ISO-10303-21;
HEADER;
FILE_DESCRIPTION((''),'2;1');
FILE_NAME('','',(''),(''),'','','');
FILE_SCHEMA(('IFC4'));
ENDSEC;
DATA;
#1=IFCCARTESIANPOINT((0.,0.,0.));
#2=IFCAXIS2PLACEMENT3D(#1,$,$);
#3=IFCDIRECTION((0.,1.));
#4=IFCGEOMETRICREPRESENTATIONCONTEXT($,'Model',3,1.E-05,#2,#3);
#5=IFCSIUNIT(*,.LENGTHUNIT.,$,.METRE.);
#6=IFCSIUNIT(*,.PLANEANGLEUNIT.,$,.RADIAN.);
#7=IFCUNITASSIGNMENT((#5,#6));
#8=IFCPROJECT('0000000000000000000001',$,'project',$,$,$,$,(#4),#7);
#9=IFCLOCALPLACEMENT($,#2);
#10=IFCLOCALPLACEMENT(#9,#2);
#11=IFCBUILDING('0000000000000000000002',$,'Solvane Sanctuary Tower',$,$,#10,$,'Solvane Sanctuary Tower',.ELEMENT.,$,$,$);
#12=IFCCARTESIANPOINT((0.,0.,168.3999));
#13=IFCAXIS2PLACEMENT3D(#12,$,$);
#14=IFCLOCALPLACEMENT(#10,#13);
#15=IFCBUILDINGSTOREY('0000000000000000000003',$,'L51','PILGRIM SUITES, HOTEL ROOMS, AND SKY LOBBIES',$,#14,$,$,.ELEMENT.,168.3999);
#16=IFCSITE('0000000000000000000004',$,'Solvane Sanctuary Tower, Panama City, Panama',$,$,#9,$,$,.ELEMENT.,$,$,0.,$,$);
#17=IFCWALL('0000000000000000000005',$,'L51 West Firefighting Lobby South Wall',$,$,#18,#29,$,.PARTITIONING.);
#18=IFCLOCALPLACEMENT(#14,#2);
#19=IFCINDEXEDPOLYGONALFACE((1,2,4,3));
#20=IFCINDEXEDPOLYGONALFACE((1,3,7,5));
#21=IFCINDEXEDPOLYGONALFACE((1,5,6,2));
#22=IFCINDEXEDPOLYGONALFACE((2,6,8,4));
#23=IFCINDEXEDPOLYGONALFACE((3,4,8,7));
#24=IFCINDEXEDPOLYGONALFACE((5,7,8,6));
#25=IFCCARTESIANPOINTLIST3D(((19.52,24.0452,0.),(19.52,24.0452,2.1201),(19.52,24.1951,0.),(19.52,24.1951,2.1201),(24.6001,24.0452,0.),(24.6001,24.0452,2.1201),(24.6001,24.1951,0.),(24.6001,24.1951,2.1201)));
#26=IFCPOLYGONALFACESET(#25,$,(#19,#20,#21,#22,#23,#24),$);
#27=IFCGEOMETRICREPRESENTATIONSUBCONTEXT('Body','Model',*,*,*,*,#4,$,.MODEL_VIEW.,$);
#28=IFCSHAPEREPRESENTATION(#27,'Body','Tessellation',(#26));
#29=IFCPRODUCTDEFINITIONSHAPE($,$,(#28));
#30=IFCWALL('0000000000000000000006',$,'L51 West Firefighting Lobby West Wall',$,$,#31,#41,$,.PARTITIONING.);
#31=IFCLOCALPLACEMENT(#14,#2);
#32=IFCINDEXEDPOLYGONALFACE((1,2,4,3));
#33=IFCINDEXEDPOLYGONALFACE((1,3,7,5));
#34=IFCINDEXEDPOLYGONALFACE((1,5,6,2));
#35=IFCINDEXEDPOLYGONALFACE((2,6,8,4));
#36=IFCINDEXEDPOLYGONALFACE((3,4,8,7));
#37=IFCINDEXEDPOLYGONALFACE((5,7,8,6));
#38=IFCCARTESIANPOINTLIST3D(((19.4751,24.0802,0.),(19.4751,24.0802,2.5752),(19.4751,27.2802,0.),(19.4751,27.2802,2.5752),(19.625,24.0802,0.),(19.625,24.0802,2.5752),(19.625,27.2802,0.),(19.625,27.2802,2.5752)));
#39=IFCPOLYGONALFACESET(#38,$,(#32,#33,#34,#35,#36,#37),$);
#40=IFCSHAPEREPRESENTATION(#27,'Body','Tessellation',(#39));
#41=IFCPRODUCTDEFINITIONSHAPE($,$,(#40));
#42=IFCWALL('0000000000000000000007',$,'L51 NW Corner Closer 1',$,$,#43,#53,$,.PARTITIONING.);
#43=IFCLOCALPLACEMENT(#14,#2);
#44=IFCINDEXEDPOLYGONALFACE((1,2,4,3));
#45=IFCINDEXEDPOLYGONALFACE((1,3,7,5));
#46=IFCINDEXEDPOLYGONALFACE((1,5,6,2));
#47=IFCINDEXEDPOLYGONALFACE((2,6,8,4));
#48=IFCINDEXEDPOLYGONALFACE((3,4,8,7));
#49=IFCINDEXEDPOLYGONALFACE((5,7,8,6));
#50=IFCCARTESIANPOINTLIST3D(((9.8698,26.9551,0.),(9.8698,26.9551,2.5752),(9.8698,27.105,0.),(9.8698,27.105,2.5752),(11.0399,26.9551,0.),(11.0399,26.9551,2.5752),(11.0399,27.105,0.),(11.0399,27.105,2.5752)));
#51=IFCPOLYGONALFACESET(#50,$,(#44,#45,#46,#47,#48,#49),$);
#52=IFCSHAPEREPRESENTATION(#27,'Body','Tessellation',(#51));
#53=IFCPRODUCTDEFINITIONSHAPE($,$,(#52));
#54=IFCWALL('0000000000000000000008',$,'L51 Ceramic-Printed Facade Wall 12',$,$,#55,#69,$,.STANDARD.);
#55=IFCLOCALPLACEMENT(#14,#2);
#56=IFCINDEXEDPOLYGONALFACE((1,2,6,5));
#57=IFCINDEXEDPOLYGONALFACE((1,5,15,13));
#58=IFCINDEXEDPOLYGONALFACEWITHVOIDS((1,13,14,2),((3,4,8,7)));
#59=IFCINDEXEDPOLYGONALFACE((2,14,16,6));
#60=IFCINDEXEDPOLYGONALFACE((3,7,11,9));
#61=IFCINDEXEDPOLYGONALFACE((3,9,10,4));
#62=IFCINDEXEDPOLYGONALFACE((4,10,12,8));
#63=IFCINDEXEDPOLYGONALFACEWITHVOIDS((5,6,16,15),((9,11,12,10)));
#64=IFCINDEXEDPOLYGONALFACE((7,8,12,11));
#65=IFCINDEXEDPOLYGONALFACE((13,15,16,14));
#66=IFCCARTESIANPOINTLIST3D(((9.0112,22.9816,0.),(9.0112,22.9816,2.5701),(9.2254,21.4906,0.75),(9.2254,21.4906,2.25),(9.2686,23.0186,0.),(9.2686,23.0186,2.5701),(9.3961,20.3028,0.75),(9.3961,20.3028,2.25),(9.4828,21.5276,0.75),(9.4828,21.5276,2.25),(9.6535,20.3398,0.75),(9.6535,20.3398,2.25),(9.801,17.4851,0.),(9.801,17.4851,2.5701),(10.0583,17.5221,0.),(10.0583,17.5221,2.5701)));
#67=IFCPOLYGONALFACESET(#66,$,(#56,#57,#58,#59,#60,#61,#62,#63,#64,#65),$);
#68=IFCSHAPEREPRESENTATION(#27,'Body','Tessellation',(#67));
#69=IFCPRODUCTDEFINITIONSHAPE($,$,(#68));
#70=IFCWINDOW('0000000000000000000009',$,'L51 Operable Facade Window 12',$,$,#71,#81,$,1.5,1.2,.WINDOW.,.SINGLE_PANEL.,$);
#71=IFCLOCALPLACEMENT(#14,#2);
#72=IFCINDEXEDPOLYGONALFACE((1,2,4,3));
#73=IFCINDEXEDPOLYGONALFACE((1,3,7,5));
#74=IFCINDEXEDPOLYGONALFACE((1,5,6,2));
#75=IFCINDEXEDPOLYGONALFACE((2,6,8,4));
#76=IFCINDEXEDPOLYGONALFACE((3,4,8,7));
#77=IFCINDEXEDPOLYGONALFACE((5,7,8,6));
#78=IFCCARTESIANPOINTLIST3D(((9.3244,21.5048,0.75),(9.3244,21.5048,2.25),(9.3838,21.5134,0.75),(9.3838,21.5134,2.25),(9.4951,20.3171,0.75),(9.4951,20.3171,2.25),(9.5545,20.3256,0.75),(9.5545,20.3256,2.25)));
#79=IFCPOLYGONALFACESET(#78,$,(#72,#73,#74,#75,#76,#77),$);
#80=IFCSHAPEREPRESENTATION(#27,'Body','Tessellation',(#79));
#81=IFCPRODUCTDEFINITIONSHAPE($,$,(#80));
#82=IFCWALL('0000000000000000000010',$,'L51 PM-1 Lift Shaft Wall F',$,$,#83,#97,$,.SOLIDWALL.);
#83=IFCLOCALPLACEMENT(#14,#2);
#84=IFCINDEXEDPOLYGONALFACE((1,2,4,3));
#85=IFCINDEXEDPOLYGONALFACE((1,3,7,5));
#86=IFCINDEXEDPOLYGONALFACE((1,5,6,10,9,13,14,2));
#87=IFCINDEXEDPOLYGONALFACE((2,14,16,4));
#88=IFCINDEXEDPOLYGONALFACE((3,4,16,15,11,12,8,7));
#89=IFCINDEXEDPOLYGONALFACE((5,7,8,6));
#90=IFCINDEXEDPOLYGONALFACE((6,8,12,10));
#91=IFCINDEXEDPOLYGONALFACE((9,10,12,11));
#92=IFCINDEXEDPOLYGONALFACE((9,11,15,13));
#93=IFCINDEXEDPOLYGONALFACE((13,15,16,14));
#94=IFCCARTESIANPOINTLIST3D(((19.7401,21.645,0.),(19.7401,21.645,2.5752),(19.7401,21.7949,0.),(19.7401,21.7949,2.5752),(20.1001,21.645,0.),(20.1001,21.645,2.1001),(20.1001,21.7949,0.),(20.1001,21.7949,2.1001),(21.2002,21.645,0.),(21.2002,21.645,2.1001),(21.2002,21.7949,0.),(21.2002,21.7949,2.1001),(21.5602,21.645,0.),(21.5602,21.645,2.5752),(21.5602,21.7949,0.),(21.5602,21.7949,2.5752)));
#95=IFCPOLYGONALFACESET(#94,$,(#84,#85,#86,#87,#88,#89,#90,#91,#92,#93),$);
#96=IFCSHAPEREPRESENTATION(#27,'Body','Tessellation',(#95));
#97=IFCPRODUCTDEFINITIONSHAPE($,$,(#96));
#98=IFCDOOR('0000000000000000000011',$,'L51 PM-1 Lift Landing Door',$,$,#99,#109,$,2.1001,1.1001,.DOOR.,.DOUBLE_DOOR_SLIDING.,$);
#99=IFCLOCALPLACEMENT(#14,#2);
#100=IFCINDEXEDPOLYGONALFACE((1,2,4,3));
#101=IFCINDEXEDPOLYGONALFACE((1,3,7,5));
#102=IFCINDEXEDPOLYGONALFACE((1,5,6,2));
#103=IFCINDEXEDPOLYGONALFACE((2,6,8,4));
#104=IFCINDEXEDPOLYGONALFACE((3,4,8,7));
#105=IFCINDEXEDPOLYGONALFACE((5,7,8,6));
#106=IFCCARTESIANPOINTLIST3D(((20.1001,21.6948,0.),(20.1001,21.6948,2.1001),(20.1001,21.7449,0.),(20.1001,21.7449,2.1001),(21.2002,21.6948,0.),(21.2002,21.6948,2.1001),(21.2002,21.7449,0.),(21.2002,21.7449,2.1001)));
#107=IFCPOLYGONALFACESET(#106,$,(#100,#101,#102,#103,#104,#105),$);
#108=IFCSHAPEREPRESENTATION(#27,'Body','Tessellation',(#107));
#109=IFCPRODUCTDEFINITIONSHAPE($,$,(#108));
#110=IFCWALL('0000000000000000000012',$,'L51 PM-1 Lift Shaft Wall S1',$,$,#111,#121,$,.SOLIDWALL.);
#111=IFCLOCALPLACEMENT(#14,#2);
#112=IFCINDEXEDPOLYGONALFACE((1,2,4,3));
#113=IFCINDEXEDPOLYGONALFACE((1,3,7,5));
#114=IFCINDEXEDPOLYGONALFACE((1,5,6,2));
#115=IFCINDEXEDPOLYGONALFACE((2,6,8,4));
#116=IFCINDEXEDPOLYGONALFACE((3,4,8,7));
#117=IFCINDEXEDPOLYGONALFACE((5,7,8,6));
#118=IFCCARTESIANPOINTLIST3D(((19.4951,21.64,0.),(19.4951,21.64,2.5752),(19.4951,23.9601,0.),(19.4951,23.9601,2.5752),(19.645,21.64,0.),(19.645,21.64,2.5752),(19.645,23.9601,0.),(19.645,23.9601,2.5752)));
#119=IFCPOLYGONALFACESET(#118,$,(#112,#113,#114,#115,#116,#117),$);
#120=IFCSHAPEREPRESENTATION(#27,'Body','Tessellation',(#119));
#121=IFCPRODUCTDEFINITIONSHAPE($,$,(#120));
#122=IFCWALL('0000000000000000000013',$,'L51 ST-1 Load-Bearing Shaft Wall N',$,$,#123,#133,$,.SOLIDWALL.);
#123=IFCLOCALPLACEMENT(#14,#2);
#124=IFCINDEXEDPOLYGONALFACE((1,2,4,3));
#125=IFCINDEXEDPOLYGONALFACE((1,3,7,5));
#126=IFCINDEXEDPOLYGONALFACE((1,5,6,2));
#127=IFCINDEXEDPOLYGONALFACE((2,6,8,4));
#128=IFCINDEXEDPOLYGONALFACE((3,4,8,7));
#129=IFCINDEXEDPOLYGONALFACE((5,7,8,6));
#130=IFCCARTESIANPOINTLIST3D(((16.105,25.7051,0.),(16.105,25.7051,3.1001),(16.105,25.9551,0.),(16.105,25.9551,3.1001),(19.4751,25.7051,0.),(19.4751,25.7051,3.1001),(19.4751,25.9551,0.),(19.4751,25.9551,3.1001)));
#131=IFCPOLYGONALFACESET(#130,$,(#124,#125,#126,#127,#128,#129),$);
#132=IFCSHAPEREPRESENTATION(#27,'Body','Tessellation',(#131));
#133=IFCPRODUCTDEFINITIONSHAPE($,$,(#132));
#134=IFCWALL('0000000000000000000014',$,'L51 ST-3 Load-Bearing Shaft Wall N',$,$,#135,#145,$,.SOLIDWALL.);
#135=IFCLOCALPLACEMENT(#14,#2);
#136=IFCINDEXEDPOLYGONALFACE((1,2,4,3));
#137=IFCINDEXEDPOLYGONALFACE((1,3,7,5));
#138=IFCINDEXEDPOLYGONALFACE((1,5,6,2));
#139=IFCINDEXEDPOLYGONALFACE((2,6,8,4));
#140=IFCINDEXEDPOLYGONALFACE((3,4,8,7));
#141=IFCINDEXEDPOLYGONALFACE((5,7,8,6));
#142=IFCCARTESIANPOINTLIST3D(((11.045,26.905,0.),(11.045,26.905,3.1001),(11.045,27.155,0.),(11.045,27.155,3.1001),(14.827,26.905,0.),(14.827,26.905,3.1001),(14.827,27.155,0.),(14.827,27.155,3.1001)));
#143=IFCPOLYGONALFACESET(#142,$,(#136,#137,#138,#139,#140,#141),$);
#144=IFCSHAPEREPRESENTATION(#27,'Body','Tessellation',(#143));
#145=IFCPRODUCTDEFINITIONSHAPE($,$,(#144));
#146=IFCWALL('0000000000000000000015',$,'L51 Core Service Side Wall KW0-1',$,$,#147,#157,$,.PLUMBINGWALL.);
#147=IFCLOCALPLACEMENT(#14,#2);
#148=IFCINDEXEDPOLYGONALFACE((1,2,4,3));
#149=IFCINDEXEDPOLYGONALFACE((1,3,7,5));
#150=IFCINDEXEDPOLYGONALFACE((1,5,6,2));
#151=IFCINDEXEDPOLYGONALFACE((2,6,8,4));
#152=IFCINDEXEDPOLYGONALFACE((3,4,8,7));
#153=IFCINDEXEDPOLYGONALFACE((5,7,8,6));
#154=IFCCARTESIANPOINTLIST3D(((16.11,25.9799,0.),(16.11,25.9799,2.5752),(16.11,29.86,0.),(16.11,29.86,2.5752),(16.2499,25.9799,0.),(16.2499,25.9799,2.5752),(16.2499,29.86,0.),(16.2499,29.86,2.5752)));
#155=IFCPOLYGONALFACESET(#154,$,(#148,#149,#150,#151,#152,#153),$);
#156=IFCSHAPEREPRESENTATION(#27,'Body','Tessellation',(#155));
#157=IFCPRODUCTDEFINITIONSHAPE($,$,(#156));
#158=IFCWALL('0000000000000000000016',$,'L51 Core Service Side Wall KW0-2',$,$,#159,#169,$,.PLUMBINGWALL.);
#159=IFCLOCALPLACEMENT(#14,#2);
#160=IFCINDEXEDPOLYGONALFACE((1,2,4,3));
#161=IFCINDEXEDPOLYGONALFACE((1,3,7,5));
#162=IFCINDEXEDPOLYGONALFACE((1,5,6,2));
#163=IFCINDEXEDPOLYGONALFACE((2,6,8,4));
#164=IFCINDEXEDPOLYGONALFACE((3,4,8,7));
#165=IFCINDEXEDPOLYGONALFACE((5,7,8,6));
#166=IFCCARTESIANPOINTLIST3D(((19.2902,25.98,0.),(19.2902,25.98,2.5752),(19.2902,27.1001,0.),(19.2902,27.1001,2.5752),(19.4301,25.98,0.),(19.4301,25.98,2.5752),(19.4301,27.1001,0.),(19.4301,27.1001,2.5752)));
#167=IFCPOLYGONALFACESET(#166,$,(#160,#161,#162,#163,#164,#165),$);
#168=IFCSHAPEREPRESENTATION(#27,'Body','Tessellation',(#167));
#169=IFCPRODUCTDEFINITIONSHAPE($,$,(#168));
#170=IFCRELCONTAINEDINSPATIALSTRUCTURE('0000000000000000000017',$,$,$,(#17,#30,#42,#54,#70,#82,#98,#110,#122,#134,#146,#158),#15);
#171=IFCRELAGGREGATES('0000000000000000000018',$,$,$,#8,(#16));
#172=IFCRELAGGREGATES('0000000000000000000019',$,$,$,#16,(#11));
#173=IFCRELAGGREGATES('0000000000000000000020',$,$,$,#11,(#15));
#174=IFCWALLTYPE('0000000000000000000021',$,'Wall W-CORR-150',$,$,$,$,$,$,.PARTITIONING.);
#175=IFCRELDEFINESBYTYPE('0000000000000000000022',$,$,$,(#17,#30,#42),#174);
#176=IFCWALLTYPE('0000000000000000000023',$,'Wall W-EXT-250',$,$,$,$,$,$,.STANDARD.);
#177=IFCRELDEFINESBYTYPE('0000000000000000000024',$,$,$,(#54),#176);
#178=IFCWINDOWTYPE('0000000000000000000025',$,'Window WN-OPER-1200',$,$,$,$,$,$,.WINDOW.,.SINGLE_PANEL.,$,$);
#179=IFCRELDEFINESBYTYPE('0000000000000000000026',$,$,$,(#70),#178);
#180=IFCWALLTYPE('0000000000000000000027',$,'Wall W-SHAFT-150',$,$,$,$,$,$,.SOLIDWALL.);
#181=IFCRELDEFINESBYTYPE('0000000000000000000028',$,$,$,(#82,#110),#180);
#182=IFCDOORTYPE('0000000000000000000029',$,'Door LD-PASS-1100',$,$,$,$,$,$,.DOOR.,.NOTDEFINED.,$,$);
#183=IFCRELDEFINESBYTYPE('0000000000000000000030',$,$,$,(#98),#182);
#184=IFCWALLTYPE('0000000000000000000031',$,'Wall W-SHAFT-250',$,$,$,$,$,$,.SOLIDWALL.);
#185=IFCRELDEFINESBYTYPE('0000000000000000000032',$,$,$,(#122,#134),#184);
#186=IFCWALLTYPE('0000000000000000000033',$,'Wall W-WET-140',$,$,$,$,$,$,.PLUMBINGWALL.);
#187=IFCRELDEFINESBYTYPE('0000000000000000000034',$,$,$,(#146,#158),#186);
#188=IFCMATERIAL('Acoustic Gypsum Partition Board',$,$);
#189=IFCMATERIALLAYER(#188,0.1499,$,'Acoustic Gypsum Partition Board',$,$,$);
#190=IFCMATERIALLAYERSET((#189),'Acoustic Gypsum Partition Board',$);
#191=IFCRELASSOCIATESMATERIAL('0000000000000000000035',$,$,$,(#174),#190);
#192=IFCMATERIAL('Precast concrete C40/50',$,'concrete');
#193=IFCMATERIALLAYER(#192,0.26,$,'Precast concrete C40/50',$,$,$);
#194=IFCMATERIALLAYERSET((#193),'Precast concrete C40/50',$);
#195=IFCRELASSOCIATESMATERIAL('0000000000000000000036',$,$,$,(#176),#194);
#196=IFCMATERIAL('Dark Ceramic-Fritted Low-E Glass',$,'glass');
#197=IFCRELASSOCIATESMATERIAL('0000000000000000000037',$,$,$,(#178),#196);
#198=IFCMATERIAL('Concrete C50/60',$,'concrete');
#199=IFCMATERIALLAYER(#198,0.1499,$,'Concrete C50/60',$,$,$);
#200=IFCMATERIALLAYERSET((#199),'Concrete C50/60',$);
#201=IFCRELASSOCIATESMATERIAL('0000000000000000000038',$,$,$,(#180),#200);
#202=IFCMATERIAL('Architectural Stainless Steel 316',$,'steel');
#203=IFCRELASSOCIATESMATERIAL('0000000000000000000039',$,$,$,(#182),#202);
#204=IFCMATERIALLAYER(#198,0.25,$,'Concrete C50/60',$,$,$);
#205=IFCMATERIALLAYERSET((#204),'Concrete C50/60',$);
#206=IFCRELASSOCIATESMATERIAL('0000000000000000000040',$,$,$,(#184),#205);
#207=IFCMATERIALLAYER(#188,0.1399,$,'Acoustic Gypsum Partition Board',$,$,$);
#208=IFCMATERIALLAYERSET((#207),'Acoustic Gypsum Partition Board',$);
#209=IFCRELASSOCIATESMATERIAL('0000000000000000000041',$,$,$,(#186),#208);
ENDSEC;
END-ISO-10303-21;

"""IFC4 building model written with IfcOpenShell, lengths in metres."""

from ifc_helpers import new_model, si_unit, direction, frame, frame_2d, origin, place, context, subcontext, project, spatial, rectangle, extrude, material, layer, layer_set, type_object, element, fill, save


model = new_model("IFC4")

# Units and contexts
model_context = context("Model", 3, precision=1e-05, world=origin(), true_north=direction((0.0, 1.0)))
body_context = subcontext(model_context, "Body", "Model", "MODEL_VIEW")
ifc_project = project(units=[si_unit("LENGTHUNIT", "METRE"), si_unit("PLANEANGLEUNIT", "RADIAN")], contexts=[model_context])

# Site, building, storey
site_placement = place(None, origin())
site = spatial("IfcSite", under=ifc_project, at=site_placement, Name="Solvane Sanctuary Tower, Panama City, Panama", CompositionType="ELEMENT", RefElevation=0.0)
building_placement = place(site_placement, origin())
building = spatial("IfcBuilding", under=site, at=building_placement, Name="Solvane Sanctuary Tower", LongName="Solvane Sanctuary Tower", CompositionType="ELEMENT")
storey_placement = place(building_placement, frame((0.0, 0.0, 168.3999)))
storey = spatial("IfcBuildingStorey", under=building, at=storey_placement, Name="L51", Description="PILGRIM SUITES, HOTEL ROOMS, AND SKY LOBBIES", CompositionType="ELEMENT", Elevation=168.3999)

# Walls
ifc_material_1 = material(Name="Acoustic Gypsum Partition Board")
ifc_layer_1 = layer(ifc_material_1, 0.1499, Name="Acoustic Gypsum Partition Board")
ifc_layer_set_1 = layer_set([ifc_layer_1], Name="Acoustic Gypsum Partition Board")
wall_type_1 = type_object("IfcWallType", Name="Wall W-CORR-150", PredefinedType="PARTITIONING", material=ifc_layer_set_1)
wall_1_placement = place(storey_placement, frame((19.52, 24.1201, 0.0), z_axis=(0.0, 0.0, 1.0), x_axis=(1.0, 0.0, 0.0)))
element("IfcWall", 1, at=wall_1_placement, inside=storey, type_object=wall_type_1, Name="L51 West Firefighting Lobby South Wall", PredefinedType="PARTITIONING", context=body_context, shape_type="SweptSolid", body=[
    extrude(rectangle(XDim=5.0801, YDim=0.1499, at=frame_2d((2.54, 0.0))), origin(), (0.0, 0.0, 1.0), 2.1201),
])
wall_2_placement = place(storey_placement, frame((19.55, 24.0801, 0.0), z_axis=(0.0, 0.0, 1.0), x_axis=(0.0, 1.0, 0.0)))
element("IfcWall", 2, at=wall_2_placement, inside=storey, type_object=wall_type_1, Name="L51 West Firefighting Lobby West Wall", PredefinedType="PARTITIONING", context=body_context, shape_type="SweptSolid", body=[
    extrude(rectangle(XDim=3.2, YDim=0.1499, at=frame_2d((1.6001, 0.0))), origin(), (0.0, 0.0, 1.0), 2.5752),
])
wall_3_placement = place(storey_placement, frame((9.8699, 27.03, 0.0), z_axis=(0.0, 0.0, 1.0), x_axis=(1.0, 0.0, 0.0)))
element("IfcWall", 3, at=wall_3_placement, inside=storey, type_object=wall_type_1, Name="L51 NW Corner Closer 1", PredefinedType="PARTITIONING", context=body_context, shape_type="SweptSolid", body=[
    extrude(rectangle(XDim=1.1702, YDim=0.1499, at=frame_2d((0.585, 0.0))), origin(), (0.0, 0.0, 1.0), 2.5752),
])

# Wall, opening, window
ifc_material_2 = material(Name="Precast concrete C40/50", Category="concrete")
ifc_layer_2 = layer(ifc_material_2, 0.26, Name="Precast concrete C40/50")
ifc_layer_set_2 = layer_set([ifc_layer_2], Name="Precast concrete C40/50")
wall_type_2 = type_object("IfcWallType", Name="Wall W-EXT-250", PredefinedType="STANDARD", material=ifc_layer_set_2)
wall_4_placement = place(storey_placement, frame((9.1399, 23.0, 0.0), z_axis=(0.0, 0.0, 1.0), x_axis=(0.142228, -0.989834, 0.0)))
wall_4 = element("IfcWall", 4, at=wall_4_placement, inside=storey, type_object=wall_type_2, Name="L51 Ceramic-Printed Facade Wall 12", PredefinedType="STANDARD", context=body_context, shape_type="SweptSolid", body=[
    extrude(rectangle(XDim=5.553, YDim=0.26, at=frame_2d((2.7764, 0.0))), origin(), (0.0, 0.0, 1.0), 2.5701),
])
opening_1_placement = place(wall_4_placement, frame((1.5061, 0.0, 0.75)))
opening_1 = element("IfcOpeningElement", 5, at=opening_1_placement, cuts=wall_4, PredefinedType="OPENING", context=body_context, shape_type="SweptSolid", body=[
    extrude(rectangle(XDim=1.2, YDim=1.5, at=frame_2d((0.6001, 0.75))), frame((0.0, 0.1399, 0.0), z_axis=(0.0, -1.0, 0.0), x_axis=(1.0, 0.0, 0.0)), (0.0, 0.0, 1.0), 0.28),
])
ifc_material_3 = material(Name="Dark Ceramic-Fritted Low-E Glass", Category="glass")
window_type = type_object("IfcWindowType", Name="Window WN-OPER-1200", PartitioningType="SINGLE_PANEL", PredefinedType="WINDOW", material=ifc_material_3)
window_placement = place(opening_1_placement, origin())
window = element("IfcWindow", 6, at=window_placement, inside=storey, type_object=window_type, Name="L51 Operable Facade Window 12", OverallHeight=1.5, OverallWidth=1.2, PartitioningType="SINGLE_PANEL", PredefinedType="WINDOW", context=body_context, shape_type="SweptSolid", body=[
    extrude(rectangle(XDim=1.2, YDim=1.5, at=frame_2d((0.6001, 0.75))), frame((0.0, 0.03, 0.0), z_axis=(0.0, -1.0, 0.0), x_axis=(1.0, 0.0, 0.0)), (0.0, 0.0, 1.0), 0.0601),
])
fill(opening_1, window)

# Wall, opening, door
ifc_material_4 = material(Name="Concrete C50/60", Category="concrete")
ifc_layer_3 = layer(ifc_material_4, 0.1499, Name="Concrete C50/60")
ifc_layer_set_3 = layer_set([ifc_layer_3], Name="Concrete C50/60")
wall_type_3 = type_object("IfcWallType", Name="Wall W-SHAFT-150", PredefinedType="SOLIDWALL", material=ifc_layer_set_3)
wall_5_placement = place(storey_placement, frame((19.74, 21.72, 0.0), z_axis=(0.0, 0.0, 1.0), x_axis=(1.0, 0.0, 0.0)))
wall_5 = element("IfcWall", 7, at=wall_5_placement, inside=storey, type_object=wall_type_3, Name="L51 PM-1 Lift Shaft Wall F", PredefinedType="SOLIDWALL", context=body_context, shape_type="SweptSolid", body=[
    extrude(rectangle(XDim=1.8201, YDim=0.1499, at=frame_2d((0.9102, 0.0))), origin(), (0.0, 0.0, 1.0), 2.5752),
])
opening_2_placement = place(wall_5_placement, frame((0.3601, 0.0, 0.0)))
opening_2 = element("IfcOpeningElement", 8, at=opening_2_placement, cuts=wall_5, PredefinedType="OPENING", context=body_context, shape_type="SweptSolid", body=[
    extrude(rectangle(XDim=1.1001, YDim=2.1001, at=frame_2d((0.55, 1.05))), frame((0.0, 0.085, 0.0), z_axis=(0.0, -1.0, 0.0), x_axis=(1.0, 0.0, 0.0)), (0.0, 0.0, 1.0), 0.1699),
])
ifc_material_5 = material(Name="Architectural Stainless Steel 316", Category="steel")
door_type = type_object("IfcDoorType", Name="Door LD-PASS-1100", OperationType="NOTDEFINED", PredefinedType="DOOR", material=ifc_material_5)
door_placement = place(opening_2_placement, origin())
door = element("IfcDoor", 9, at=door_placement, inside=storey, type_object=door_type, Name="L51 PM-1 Lift Landing Door", OperationType="DOUBLE_DOOR_SLIDING", OverallHeight=2.1001, OverallWidth=1.1001, PredefinedType="DOOR", context=body_context, shape_type="SweptSolid", body=[
    extrude(rectangle(XDim=1.1001, YDim=2.1001, at=frame_2d((0.55, 1.05))), frame((0.0, 0.0249, 0.0), z_axis=(0.0, -1.0, 0.0), x_axis=(1.0, 0.0, 0.0)), (0.0, 0.0, 1.0), 0.05),
])
fill(opening_2, door)

# Walls
wall_6_placement = place(storey_placement, frame((19.5701, 21.6399, 0.0), z_axis=(0.0, 0.0, 1.0), x_axis=(0.0, 1.0, 0.0)))
element("IfcWall", 10, at=wall_6_placement, inside=storey, type_object=wall_type_3, Name="L51 PM-1 Lift Shaft Wall S1", PredefinedType="SOLIDWALL", context=body_context, shape_type="SweptSolid", body=[
    extrude(rectangle(XDim=2.3201, YDim=0.1499, at=frame_2d((1.1602, 0.0))), origin(), (0.0, 0.0, 1.0), 2.5752),
])
ifc_layer_4 = layer(ifc_material_4, 0.25, Name="Concrete C50/60")
ifc_layer_set_4 = layer_set([ifc_layer_4], Name="Concrete C50/60")
wall_type_4 = type_object("IfcWallType", Name="Wall W-SHAFT-250", PredefinedType="SOLIDWALL", material=ifc_layer_set_4)
wall_7_placement = place(storey_placement, frame((16.105, 25.8301, 0.0), z_axis=(0.0, 0.0, 1.0), x_axis=(1.0, 0.0, 0.0)))
element("IfcWall", 11, at=wall_7_placement, inside=storey, type_object=wall_type_4, Name="L51 ST-1 Load-Bearing Shaft Wall N", PredefinedType="SOLIDWALL", context=body_context, shape_type="SweptSolid", body=[
    extrude(rectangle(XDim=3.3701, YDim=0.25, at=frame_2d((1.6851, 0.0))), origin(), (0.0, 0.0, 1.0), 3.1001),
])
wall_8_placement = place(storey_placement, frame((11.0449, 27.03, 0.0), z_axis=(0.0, 0.0, 1.0), x_axis=(1.0, 0.0, 0.0)))
element("IfcWall", 12, at=wall_8_placement, inside=storey, type_object=wall_type_4, Name="L51 ST-3 Load-Bearing Shaft Wall N", PredefinedType="SOLIDWALL", context=body_context, shape_type="SweptSolid", body=[
    extrude(rectangle(XDim=3.782, YDim=0.25, at=frame_2d((1.8911, 0.0))), origin(), (0.0, 0.0, 1.0), 3.1001),
])
ifc_layer_5 = layer(ifc_material_1, 0.1399, Name="Acoustic Gypsum Partition Board")
ifc_layer_set_5 = layer_set([ifc_layer_5], Name="Acoustic Gypsum Partition Board")
wall_type_5 = type_object("IfcWallType", Name="Wall W-WET-140", PredefinedType="PLUMBINGWALL", material=ifc_layer_set_5)
wall_9_placement = place(storey_placement, frame((16.1799, 25.98, 0.0), z_axis=(0.0, 0.0, 1.0), x_axis=(0.0, 1.0, 0.0)))
element("IfcWall", 13, at=wall_9_placement, inside=storey, type_object=wall_type_5, Name="L51 Core Service Side Wall KW0-1", PredefinedType="PLUMBINGWALL", context=body_context, shape_type="SweptSolid", body=[
    extrude(rectangle(XDim=3.8801, YDim=0.1399, at=frame_2d((1.9399, 0.0))), origin(), (0.0, 0.0, 1.0), 2.5752),
])
wall_10_placement = place(storey_placement, frame((19.3601, 25.98, 0.0), z_axis=(0.0, 0.0, 1.0), x_axis=(0.0, 1.0, 0.0)))
element("IfcWall", 14, at=wall_10_placement, inside=storey, type_object=wall_type_5, Name="L51 Core Service Side Wall KW0-2", PredefinedType="PLUMBINGWALL", context=body_context, shape_type="SweptSolid", body=[
    extrude(rectangle(XDim=1.1201, YDim=0.1399, at=frame_2d((0.5601, 0.0))), origin(), (0.0, 0.0, 1.0), 2.5752),
])

save(model, "model.ifc")
